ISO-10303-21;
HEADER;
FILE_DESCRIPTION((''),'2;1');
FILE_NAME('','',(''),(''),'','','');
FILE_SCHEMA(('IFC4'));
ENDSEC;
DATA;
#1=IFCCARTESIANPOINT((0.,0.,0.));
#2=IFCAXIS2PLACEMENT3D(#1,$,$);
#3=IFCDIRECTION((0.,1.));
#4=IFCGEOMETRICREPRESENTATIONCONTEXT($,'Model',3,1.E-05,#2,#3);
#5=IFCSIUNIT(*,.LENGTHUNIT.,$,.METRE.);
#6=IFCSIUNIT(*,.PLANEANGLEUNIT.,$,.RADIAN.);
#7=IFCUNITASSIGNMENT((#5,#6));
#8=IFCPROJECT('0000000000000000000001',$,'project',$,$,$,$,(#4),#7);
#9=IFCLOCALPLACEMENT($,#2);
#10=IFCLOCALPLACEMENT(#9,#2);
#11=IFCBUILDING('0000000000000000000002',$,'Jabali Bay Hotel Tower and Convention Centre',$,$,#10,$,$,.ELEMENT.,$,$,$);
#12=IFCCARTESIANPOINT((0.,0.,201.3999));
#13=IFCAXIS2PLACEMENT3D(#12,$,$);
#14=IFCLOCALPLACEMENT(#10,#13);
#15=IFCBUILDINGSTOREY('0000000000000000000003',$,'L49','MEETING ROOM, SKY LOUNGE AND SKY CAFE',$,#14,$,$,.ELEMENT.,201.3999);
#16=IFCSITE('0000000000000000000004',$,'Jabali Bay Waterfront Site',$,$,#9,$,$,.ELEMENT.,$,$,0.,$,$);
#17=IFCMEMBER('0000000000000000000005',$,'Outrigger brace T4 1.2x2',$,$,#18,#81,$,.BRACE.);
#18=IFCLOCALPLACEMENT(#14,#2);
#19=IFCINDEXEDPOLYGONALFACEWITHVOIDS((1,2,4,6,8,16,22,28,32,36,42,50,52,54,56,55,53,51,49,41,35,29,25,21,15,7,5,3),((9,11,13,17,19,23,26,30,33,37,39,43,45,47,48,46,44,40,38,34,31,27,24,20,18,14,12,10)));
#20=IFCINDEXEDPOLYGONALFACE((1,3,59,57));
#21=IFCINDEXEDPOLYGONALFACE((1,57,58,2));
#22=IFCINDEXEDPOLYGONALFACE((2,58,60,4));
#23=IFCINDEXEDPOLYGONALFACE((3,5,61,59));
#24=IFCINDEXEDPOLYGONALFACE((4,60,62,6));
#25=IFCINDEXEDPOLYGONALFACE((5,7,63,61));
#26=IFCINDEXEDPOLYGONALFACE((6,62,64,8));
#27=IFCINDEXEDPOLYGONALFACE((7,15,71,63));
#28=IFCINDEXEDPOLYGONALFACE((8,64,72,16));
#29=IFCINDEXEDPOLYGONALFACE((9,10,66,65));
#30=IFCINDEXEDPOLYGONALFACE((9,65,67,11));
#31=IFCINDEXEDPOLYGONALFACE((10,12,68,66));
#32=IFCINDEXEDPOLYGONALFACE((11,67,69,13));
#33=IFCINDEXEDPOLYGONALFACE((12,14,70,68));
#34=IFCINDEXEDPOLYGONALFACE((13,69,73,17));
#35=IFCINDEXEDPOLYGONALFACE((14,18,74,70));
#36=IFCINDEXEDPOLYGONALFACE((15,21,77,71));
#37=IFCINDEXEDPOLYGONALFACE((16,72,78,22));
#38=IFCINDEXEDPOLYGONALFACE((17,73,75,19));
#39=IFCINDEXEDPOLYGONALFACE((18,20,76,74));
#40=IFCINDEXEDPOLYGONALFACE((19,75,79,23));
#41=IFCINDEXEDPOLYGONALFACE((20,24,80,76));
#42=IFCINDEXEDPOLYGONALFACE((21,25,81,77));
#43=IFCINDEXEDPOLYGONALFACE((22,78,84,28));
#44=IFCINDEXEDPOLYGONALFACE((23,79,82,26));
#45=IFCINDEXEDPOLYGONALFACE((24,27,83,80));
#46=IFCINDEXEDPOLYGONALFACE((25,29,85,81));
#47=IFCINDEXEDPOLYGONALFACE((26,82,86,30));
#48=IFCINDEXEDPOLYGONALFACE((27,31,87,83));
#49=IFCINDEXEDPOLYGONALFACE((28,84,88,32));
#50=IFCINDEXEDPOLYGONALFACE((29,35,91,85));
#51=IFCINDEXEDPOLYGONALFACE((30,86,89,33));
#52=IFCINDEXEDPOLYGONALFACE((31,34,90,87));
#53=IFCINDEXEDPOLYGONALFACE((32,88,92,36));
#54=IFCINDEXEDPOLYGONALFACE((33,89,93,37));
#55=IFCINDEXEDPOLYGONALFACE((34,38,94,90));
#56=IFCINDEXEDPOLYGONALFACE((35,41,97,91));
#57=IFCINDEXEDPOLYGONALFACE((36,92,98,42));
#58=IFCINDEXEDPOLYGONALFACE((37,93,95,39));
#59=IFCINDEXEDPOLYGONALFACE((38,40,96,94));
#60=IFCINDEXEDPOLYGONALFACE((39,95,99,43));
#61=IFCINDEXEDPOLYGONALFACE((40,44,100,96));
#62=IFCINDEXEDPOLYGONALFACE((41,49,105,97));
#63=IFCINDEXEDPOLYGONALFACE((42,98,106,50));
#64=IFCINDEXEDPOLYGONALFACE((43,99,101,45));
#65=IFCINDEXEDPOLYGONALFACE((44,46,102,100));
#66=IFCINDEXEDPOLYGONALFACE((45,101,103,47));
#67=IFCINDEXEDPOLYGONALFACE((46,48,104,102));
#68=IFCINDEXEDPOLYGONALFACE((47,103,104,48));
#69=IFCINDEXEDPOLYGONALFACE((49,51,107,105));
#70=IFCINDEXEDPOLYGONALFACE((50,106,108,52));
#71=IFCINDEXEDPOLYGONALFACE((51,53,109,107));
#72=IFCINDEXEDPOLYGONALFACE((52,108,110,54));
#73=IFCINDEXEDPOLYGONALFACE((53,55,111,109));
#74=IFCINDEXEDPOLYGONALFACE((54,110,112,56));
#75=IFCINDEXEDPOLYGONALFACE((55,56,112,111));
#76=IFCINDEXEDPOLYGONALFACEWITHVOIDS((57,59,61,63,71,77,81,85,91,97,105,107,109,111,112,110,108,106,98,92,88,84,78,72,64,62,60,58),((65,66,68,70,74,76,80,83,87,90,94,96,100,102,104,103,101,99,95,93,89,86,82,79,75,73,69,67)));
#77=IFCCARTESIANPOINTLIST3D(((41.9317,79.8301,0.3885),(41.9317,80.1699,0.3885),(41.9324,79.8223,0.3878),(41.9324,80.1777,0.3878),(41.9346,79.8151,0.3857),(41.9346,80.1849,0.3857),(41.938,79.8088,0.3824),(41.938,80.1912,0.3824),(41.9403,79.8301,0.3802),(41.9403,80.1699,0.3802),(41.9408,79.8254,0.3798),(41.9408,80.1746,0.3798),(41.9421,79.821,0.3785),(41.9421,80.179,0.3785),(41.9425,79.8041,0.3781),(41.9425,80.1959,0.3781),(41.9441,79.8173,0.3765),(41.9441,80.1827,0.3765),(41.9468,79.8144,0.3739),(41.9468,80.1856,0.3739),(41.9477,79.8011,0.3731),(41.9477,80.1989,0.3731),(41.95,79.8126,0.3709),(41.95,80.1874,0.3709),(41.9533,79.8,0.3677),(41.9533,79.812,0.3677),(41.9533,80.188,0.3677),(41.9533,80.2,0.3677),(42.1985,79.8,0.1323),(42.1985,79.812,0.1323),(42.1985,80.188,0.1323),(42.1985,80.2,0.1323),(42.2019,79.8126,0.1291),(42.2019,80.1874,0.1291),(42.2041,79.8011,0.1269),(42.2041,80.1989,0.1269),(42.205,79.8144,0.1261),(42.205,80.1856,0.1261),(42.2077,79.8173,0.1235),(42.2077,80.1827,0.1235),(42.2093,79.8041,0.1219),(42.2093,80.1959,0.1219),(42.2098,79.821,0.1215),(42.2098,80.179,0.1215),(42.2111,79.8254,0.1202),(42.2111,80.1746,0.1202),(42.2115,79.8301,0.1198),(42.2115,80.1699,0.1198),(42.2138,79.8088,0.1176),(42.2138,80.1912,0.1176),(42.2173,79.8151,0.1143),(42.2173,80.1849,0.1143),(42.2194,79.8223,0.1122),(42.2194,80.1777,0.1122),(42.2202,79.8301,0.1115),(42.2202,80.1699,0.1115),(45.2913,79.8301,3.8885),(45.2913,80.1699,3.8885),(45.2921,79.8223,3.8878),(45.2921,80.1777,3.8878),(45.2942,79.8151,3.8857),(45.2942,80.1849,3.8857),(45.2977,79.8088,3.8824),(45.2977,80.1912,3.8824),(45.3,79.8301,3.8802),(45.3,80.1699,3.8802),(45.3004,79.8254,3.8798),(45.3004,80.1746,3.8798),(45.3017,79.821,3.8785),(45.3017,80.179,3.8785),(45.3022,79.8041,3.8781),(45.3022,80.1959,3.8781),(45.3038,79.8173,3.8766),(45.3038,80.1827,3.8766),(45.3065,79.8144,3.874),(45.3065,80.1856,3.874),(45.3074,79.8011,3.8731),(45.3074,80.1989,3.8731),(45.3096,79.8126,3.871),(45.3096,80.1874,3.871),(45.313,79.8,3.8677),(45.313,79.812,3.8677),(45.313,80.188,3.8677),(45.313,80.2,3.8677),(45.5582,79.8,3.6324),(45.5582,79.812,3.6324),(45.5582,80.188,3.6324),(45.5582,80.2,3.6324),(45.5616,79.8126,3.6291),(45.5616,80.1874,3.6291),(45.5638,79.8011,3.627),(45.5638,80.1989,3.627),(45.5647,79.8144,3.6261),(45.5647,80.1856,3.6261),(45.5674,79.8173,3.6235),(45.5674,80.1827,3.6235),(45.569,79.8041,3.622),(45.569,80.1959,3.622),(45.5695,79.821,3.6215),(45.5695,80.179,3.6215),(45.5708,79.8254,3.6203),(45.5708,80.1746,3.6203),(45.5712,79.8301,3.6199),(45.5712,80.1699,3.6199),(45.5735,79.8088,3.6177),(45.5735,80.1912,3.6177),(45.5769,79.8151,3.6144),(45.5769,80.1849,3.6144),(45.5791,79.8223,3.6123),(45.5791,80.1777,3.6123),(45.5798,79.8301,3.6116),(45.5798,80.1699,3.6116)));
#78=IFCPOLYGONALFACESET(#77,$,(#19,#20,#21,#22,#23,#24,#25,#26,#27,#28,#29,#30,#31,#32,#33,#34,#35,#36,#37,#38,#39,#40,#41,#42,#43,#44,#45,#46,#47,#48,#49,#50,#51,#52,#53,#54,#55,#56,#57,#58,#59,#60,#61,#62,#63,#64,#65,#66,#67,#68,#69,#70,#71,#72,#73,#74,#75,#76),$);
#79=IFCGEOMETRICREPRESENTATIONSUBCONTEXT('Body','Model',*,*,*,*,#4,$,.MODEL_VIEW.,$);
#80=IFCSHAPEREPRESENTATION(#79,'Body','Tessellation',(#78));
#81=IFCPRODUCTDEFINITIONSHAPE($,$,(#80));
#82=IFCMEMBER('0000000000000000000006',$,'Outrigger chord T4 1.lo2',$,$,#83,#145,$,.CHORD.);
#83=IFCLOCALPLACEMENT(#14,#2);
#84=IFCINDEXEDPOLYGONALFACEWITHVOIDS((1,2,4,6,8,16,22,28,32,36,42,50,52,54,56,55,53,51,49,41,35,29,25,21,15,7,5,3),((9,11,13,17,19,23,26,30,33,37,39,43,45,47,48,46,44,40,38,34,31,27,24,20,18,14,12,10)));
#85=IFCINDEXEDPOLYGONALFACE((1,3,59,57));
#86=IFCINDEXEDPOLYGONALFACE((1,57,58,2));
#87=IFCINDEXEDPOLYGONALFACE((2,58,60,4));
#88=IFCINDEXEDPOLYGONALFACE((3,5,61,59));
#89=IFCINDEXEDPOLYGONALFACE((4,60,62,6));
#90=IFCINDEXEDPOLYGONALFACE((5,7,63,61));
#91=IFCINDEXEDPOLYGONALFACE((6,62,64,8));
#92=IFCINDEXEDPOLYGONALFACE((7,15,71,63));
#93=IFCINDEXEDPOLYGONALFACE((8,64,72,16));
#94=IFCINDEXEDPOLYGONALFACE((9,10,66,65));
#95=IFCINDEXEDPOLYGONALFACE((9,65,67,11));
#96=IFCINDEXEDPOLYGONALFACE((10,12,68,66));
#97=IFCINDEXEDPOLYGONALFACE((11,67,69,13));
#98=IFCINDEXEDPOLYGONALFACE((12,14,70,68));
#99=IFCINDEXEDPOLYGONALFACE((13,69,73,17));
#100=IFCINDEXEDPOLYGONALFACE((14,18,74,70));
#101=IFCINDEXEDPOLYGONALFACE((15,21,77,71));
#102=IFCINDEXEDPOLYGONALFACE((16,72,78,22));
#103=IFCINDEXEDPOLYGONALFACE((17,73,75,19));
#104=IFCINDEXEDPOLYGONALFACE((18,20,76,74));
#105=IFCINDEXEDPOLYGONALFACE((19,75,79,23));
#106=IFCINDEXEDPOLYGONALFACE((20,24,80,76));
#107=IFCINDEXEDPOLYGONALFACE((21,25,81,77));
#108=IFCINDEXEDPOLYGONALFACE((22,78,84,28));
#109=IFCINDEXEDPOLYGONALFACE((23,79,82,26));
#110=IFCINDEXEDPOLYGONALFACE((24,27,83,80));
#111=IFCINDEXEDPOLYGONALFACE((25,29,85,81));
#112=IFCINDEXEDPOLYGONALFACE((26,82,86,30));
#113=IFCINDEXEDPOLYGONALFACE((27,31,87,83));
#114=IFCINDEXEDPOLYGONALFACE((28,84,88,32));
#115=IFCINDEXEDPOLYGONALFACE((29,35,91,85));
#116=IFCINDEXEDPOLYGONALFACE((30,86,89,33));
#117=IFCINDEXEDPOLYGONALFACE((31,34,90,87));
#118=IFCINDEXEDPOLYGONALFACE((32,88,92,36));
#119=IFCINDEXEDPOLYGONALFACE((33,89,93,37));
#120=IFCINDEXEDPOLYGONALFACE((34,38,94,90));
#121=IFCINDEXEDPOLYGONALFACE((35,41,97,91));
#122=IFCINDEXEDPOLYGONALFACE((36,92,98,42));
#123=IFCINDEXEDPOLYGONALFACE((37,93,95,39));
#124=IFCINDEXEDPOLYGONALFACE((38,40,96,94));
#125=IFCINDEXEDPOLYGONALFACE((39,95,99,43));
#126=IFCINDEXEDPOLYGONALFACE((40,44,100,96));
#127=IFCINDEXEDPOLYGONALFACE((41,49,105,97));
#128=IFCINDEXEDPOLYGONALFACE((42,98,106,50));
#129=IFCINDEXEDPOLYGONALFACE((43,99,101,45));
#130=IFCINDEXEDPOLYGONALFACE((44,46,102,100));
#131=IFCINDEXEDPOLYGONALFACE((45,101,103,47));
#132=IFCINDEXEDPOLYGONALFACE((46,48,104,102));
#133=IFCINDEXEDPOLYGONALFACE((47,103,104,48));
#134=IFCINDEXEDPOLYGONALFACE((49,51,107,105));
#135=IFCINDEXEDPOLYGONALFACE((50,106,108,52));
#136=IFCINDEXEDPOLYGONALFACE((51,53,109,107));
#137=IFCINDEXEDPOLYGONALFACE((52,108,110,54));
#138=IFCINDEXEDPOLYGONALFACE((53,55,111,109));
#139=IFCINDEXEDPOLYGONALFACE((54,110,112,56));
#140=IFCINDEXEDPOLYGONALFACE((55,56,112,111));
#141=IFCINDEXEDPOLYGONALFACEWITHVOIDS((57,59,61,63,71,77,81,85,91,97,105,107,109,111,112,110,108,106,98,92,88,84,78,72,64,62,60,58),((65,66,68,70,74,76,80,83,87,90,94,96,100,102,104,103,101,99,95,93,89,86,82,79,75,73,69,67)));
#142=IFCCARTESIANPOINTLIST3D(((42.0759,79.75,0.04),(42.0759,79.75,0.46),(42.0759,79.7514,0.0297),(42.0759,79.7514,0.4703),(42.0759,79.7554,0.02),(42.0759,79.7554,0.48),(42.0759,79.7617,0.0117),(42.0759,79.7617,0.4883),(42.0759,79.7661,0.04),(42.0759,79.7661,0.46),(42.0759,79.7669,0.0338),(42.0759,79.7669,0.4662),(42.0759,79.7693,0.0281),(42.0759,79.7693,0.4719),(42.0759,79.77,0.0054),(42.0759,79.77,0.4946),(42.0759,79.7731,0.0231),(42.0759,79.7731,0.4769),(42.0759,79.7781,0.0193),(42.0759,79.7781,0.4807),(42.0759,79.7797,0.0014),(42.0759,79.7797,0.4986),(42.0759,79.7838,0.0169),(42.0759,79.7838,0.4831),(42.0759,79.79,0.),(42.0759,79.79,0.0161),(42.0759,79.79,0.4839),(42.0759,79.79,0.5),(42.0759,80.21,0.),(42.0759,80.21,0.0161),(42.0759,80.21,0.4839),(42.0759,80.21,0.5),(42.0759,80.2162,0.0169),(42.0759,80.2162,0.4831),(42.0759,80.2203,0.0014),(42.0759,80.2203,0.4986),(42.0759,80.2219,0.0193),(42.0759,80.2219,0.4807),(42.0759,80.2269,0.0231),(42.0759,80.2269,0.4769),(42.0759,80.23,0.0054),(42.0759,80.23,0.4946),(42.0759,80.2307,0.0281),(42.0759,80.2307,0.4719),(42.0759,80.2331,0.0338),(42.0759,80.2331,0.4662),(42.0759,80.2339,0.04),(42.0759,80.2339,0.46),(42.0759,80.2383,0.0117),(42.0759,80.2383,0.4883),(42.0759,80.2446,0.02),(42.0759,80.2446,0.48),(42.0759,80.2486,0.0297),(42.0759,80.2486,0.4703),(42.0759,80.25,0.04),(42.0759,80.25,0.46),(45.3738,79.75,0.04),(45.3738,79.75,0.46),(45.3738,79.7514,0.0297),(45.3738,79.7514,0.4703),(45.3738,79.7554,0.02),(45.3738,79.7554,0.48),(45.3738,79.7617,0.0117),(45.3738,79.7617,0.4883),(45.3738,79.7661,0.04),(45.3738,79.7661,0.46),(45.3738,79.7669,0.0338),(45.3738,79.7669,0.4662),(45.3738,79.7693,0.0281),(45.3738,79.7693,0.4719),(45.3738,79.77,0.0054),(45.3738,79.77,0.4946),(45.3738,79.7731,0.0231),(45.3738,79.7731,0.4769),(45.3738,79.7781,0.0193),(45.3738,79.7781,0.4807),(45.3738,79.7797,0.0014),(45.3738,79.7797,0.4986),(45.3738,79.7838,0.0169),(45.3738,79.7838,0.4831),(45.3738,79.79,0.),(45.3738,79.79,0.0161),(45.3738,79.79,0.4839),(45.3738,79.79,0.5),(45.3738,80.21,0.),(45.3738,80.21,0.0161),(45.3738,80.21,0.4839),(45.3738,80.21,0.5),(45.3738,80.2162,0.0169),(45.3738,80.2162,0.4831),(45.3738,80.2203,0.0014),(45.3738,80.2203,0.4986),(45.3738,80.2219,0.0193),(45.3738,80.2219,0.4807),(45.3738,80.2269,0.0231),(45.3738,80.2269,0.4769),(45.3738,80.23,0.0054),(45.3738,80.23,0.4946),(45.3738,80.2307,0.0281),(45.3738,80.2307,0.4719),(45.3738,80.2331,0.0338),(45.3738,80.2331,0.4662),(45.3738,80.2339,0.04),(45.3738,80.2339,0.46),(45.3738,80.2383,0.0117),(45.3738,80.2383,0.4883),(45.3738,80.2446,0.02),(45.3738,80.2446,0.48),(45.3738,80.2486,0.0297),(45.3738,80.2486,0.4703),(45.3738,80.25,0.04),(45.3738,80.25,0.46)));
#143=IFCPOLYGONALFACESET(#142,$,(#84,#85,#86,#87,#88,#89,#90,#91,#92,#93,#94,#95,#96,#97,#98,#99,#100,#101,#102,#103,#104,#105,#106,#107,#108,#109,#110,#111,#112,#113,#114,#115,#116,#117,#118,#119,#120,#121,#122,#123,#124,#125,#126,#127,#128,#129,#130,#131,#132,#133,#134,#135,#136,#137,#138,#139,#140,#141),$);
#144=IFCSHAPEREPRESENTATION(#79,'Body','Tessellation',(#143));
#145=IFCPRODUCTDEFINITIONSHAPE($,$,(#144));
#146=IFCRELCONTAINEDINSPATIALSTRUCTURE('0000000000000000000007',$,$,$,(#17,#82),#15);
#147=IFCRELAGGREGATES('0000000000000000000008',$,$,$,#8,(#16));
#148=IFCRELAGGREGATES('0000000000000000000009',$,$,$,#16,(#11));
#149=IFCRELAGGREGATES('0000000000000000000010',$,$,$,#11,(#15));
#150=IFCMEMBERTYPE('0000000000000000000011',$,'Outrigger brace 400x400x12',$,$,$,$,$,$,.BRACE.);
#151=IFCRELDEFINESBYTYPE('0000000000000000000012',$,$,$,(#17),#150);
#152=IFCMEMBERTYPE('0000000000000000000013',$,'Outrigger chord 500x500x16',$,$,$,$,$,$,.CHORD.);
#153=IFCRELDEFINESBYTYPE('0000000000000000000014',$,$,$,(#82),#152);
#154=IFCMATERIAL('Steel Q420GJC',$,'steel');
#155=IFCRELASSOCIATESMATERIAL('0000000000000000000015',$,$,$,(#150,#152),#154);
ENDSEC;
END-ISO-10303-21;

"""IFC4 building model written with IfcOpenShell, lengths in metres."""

from ifc_helpers import new_model, si_unit, direction, frame, origin, origin_2d, place, context, subcontext, project, spatial, hollow_rectangle, extrude, material, material_profile, profile_set, type_object, element, save


model = new_model("IFC4")

# Units and contexts
model_context = context("Model", 3, precision=1e-05, world=origin(), true_north=direction((0.0, 1.0)))
body_context = subcontext(model_context, "Body", "Model", "MODEL_VIEW")
ifc_project = project(units=[si_unit("LENGTHUNIT", "METRE"), si_unit("PLANEANGLEUNIT", "RADIAN")], contexts=[model_context])

# Site, building, storey
site_placement = place(None, origin())
site = spatial("IfcSite", under=ifc_project, at=site_placement, Name="Jabali Bay Waterfront Site", CompositionType="ELEMENT", RefElevation=0.0)
building_placement = place(site_placement, origin())
building = spatial("IfcBuilding", under=site, at=building_placement, Name="Jabali Bay Hotel Tower and Convention Centre", CompositionType="ELEMENT")
storey_placement = place(building_placement, frame((0.0, 0.0, 201.3999)))
storey = spatial("IfcBuildingStorey", under=building, at=storey_placement, Name="L49", Description="MEETING ROOM, SKY LOUNGE AND SKY CAFE", CompositionType="ELEMENT", Elevation=201.3999)

# Shared definitions
ifc_material_1 = material(Name="Steel Q420GJC", Category="steel")

# Members
ifc_material_profile_1 = material_profile(ifc_material_1, hollow_rectangle(XDim=0.3999, YDim=0.3999, WallThickness=0.012, InnerFilletRadius=0.0181, OuterFilletRadius=0.03, at=origin_2d()), Name="Outrigger brace 400x400x12")
ifc_profile_set_1 = profile_set([ifc_material_profile_1], Name="Steel Q420GJC")
member_type_1 = type_object("IfcMemberType", Name="Outrigger brace 400x400x12", PredefinedType="BRACE", material=ifc_profile_set_1)
member_1_placement = place(storey_placement, frame((42.0759, 80.0, 0.25), z_axis=(0.692491, 0.0, 0.721427), x_axis=(0.0, 1.0, 0.0)))
element("IfcMember", 1, at=member_1_placement, inside=storey, type_object=member_type_1, Name="Outrigger brace T4 1.2x2", PredefinedType="BRACE", context=body_context, shape_type="SweptSolid", body=[
    extrude(hollow_rectangle(XDim=0.3999, YDim=0.3999, WallThickness=0.012, InnerFilletRadius=0.0181, OuterFilletRadius=0.03, at=origin_2d()), origin(), (0.0, 0.0, 1.0), 4.8516),
])
ifc_material_profile_2 = material_profile(ifc_material_1, hollow_rectangle(XDim=0.5, YDim=0.5, WallThickness=0.0161, InnerFilletRadius=0.0239, OuterFilletRadius=0.04, at=origin_2d()), Name="Outrigger chord 500x500x16")
ifc_profile_set_2 = profile_set([ifc_material_profile_2], Name="Steel Q420GJC")
member_type_2 = type_object("IfcMemberType", Name="Outrigger chord 500x500x16", PredefinedType="CHORD", material=ifc_profile_set_2)
member_2_placement = place(storey_placement, frame((45.3738, 80.0, 0.25), z_axis=(-1.0, 0.0, 0.0), x_axis=(0.0, -1.0, 0.0)))
element("IfcMember", 2, at=member_2_placement, inside=storey, type_object=member_type_2, Name="Outrigger chord T4 1.lo2", PredefinedType="CHORD", context=body_context, shape_type="SweptSolid", body=[
    extrude(hollow_rectangle(XDim=0.5, YDim=0.5, WallThickness=0.0161, InnerFilletRadius=0.0239, OuterFilletRadius=0.04, at=origin_2d()), origin(), (0.0, 0.0, 1.0), 3.2979),
])

save(model, "model.ifc")
